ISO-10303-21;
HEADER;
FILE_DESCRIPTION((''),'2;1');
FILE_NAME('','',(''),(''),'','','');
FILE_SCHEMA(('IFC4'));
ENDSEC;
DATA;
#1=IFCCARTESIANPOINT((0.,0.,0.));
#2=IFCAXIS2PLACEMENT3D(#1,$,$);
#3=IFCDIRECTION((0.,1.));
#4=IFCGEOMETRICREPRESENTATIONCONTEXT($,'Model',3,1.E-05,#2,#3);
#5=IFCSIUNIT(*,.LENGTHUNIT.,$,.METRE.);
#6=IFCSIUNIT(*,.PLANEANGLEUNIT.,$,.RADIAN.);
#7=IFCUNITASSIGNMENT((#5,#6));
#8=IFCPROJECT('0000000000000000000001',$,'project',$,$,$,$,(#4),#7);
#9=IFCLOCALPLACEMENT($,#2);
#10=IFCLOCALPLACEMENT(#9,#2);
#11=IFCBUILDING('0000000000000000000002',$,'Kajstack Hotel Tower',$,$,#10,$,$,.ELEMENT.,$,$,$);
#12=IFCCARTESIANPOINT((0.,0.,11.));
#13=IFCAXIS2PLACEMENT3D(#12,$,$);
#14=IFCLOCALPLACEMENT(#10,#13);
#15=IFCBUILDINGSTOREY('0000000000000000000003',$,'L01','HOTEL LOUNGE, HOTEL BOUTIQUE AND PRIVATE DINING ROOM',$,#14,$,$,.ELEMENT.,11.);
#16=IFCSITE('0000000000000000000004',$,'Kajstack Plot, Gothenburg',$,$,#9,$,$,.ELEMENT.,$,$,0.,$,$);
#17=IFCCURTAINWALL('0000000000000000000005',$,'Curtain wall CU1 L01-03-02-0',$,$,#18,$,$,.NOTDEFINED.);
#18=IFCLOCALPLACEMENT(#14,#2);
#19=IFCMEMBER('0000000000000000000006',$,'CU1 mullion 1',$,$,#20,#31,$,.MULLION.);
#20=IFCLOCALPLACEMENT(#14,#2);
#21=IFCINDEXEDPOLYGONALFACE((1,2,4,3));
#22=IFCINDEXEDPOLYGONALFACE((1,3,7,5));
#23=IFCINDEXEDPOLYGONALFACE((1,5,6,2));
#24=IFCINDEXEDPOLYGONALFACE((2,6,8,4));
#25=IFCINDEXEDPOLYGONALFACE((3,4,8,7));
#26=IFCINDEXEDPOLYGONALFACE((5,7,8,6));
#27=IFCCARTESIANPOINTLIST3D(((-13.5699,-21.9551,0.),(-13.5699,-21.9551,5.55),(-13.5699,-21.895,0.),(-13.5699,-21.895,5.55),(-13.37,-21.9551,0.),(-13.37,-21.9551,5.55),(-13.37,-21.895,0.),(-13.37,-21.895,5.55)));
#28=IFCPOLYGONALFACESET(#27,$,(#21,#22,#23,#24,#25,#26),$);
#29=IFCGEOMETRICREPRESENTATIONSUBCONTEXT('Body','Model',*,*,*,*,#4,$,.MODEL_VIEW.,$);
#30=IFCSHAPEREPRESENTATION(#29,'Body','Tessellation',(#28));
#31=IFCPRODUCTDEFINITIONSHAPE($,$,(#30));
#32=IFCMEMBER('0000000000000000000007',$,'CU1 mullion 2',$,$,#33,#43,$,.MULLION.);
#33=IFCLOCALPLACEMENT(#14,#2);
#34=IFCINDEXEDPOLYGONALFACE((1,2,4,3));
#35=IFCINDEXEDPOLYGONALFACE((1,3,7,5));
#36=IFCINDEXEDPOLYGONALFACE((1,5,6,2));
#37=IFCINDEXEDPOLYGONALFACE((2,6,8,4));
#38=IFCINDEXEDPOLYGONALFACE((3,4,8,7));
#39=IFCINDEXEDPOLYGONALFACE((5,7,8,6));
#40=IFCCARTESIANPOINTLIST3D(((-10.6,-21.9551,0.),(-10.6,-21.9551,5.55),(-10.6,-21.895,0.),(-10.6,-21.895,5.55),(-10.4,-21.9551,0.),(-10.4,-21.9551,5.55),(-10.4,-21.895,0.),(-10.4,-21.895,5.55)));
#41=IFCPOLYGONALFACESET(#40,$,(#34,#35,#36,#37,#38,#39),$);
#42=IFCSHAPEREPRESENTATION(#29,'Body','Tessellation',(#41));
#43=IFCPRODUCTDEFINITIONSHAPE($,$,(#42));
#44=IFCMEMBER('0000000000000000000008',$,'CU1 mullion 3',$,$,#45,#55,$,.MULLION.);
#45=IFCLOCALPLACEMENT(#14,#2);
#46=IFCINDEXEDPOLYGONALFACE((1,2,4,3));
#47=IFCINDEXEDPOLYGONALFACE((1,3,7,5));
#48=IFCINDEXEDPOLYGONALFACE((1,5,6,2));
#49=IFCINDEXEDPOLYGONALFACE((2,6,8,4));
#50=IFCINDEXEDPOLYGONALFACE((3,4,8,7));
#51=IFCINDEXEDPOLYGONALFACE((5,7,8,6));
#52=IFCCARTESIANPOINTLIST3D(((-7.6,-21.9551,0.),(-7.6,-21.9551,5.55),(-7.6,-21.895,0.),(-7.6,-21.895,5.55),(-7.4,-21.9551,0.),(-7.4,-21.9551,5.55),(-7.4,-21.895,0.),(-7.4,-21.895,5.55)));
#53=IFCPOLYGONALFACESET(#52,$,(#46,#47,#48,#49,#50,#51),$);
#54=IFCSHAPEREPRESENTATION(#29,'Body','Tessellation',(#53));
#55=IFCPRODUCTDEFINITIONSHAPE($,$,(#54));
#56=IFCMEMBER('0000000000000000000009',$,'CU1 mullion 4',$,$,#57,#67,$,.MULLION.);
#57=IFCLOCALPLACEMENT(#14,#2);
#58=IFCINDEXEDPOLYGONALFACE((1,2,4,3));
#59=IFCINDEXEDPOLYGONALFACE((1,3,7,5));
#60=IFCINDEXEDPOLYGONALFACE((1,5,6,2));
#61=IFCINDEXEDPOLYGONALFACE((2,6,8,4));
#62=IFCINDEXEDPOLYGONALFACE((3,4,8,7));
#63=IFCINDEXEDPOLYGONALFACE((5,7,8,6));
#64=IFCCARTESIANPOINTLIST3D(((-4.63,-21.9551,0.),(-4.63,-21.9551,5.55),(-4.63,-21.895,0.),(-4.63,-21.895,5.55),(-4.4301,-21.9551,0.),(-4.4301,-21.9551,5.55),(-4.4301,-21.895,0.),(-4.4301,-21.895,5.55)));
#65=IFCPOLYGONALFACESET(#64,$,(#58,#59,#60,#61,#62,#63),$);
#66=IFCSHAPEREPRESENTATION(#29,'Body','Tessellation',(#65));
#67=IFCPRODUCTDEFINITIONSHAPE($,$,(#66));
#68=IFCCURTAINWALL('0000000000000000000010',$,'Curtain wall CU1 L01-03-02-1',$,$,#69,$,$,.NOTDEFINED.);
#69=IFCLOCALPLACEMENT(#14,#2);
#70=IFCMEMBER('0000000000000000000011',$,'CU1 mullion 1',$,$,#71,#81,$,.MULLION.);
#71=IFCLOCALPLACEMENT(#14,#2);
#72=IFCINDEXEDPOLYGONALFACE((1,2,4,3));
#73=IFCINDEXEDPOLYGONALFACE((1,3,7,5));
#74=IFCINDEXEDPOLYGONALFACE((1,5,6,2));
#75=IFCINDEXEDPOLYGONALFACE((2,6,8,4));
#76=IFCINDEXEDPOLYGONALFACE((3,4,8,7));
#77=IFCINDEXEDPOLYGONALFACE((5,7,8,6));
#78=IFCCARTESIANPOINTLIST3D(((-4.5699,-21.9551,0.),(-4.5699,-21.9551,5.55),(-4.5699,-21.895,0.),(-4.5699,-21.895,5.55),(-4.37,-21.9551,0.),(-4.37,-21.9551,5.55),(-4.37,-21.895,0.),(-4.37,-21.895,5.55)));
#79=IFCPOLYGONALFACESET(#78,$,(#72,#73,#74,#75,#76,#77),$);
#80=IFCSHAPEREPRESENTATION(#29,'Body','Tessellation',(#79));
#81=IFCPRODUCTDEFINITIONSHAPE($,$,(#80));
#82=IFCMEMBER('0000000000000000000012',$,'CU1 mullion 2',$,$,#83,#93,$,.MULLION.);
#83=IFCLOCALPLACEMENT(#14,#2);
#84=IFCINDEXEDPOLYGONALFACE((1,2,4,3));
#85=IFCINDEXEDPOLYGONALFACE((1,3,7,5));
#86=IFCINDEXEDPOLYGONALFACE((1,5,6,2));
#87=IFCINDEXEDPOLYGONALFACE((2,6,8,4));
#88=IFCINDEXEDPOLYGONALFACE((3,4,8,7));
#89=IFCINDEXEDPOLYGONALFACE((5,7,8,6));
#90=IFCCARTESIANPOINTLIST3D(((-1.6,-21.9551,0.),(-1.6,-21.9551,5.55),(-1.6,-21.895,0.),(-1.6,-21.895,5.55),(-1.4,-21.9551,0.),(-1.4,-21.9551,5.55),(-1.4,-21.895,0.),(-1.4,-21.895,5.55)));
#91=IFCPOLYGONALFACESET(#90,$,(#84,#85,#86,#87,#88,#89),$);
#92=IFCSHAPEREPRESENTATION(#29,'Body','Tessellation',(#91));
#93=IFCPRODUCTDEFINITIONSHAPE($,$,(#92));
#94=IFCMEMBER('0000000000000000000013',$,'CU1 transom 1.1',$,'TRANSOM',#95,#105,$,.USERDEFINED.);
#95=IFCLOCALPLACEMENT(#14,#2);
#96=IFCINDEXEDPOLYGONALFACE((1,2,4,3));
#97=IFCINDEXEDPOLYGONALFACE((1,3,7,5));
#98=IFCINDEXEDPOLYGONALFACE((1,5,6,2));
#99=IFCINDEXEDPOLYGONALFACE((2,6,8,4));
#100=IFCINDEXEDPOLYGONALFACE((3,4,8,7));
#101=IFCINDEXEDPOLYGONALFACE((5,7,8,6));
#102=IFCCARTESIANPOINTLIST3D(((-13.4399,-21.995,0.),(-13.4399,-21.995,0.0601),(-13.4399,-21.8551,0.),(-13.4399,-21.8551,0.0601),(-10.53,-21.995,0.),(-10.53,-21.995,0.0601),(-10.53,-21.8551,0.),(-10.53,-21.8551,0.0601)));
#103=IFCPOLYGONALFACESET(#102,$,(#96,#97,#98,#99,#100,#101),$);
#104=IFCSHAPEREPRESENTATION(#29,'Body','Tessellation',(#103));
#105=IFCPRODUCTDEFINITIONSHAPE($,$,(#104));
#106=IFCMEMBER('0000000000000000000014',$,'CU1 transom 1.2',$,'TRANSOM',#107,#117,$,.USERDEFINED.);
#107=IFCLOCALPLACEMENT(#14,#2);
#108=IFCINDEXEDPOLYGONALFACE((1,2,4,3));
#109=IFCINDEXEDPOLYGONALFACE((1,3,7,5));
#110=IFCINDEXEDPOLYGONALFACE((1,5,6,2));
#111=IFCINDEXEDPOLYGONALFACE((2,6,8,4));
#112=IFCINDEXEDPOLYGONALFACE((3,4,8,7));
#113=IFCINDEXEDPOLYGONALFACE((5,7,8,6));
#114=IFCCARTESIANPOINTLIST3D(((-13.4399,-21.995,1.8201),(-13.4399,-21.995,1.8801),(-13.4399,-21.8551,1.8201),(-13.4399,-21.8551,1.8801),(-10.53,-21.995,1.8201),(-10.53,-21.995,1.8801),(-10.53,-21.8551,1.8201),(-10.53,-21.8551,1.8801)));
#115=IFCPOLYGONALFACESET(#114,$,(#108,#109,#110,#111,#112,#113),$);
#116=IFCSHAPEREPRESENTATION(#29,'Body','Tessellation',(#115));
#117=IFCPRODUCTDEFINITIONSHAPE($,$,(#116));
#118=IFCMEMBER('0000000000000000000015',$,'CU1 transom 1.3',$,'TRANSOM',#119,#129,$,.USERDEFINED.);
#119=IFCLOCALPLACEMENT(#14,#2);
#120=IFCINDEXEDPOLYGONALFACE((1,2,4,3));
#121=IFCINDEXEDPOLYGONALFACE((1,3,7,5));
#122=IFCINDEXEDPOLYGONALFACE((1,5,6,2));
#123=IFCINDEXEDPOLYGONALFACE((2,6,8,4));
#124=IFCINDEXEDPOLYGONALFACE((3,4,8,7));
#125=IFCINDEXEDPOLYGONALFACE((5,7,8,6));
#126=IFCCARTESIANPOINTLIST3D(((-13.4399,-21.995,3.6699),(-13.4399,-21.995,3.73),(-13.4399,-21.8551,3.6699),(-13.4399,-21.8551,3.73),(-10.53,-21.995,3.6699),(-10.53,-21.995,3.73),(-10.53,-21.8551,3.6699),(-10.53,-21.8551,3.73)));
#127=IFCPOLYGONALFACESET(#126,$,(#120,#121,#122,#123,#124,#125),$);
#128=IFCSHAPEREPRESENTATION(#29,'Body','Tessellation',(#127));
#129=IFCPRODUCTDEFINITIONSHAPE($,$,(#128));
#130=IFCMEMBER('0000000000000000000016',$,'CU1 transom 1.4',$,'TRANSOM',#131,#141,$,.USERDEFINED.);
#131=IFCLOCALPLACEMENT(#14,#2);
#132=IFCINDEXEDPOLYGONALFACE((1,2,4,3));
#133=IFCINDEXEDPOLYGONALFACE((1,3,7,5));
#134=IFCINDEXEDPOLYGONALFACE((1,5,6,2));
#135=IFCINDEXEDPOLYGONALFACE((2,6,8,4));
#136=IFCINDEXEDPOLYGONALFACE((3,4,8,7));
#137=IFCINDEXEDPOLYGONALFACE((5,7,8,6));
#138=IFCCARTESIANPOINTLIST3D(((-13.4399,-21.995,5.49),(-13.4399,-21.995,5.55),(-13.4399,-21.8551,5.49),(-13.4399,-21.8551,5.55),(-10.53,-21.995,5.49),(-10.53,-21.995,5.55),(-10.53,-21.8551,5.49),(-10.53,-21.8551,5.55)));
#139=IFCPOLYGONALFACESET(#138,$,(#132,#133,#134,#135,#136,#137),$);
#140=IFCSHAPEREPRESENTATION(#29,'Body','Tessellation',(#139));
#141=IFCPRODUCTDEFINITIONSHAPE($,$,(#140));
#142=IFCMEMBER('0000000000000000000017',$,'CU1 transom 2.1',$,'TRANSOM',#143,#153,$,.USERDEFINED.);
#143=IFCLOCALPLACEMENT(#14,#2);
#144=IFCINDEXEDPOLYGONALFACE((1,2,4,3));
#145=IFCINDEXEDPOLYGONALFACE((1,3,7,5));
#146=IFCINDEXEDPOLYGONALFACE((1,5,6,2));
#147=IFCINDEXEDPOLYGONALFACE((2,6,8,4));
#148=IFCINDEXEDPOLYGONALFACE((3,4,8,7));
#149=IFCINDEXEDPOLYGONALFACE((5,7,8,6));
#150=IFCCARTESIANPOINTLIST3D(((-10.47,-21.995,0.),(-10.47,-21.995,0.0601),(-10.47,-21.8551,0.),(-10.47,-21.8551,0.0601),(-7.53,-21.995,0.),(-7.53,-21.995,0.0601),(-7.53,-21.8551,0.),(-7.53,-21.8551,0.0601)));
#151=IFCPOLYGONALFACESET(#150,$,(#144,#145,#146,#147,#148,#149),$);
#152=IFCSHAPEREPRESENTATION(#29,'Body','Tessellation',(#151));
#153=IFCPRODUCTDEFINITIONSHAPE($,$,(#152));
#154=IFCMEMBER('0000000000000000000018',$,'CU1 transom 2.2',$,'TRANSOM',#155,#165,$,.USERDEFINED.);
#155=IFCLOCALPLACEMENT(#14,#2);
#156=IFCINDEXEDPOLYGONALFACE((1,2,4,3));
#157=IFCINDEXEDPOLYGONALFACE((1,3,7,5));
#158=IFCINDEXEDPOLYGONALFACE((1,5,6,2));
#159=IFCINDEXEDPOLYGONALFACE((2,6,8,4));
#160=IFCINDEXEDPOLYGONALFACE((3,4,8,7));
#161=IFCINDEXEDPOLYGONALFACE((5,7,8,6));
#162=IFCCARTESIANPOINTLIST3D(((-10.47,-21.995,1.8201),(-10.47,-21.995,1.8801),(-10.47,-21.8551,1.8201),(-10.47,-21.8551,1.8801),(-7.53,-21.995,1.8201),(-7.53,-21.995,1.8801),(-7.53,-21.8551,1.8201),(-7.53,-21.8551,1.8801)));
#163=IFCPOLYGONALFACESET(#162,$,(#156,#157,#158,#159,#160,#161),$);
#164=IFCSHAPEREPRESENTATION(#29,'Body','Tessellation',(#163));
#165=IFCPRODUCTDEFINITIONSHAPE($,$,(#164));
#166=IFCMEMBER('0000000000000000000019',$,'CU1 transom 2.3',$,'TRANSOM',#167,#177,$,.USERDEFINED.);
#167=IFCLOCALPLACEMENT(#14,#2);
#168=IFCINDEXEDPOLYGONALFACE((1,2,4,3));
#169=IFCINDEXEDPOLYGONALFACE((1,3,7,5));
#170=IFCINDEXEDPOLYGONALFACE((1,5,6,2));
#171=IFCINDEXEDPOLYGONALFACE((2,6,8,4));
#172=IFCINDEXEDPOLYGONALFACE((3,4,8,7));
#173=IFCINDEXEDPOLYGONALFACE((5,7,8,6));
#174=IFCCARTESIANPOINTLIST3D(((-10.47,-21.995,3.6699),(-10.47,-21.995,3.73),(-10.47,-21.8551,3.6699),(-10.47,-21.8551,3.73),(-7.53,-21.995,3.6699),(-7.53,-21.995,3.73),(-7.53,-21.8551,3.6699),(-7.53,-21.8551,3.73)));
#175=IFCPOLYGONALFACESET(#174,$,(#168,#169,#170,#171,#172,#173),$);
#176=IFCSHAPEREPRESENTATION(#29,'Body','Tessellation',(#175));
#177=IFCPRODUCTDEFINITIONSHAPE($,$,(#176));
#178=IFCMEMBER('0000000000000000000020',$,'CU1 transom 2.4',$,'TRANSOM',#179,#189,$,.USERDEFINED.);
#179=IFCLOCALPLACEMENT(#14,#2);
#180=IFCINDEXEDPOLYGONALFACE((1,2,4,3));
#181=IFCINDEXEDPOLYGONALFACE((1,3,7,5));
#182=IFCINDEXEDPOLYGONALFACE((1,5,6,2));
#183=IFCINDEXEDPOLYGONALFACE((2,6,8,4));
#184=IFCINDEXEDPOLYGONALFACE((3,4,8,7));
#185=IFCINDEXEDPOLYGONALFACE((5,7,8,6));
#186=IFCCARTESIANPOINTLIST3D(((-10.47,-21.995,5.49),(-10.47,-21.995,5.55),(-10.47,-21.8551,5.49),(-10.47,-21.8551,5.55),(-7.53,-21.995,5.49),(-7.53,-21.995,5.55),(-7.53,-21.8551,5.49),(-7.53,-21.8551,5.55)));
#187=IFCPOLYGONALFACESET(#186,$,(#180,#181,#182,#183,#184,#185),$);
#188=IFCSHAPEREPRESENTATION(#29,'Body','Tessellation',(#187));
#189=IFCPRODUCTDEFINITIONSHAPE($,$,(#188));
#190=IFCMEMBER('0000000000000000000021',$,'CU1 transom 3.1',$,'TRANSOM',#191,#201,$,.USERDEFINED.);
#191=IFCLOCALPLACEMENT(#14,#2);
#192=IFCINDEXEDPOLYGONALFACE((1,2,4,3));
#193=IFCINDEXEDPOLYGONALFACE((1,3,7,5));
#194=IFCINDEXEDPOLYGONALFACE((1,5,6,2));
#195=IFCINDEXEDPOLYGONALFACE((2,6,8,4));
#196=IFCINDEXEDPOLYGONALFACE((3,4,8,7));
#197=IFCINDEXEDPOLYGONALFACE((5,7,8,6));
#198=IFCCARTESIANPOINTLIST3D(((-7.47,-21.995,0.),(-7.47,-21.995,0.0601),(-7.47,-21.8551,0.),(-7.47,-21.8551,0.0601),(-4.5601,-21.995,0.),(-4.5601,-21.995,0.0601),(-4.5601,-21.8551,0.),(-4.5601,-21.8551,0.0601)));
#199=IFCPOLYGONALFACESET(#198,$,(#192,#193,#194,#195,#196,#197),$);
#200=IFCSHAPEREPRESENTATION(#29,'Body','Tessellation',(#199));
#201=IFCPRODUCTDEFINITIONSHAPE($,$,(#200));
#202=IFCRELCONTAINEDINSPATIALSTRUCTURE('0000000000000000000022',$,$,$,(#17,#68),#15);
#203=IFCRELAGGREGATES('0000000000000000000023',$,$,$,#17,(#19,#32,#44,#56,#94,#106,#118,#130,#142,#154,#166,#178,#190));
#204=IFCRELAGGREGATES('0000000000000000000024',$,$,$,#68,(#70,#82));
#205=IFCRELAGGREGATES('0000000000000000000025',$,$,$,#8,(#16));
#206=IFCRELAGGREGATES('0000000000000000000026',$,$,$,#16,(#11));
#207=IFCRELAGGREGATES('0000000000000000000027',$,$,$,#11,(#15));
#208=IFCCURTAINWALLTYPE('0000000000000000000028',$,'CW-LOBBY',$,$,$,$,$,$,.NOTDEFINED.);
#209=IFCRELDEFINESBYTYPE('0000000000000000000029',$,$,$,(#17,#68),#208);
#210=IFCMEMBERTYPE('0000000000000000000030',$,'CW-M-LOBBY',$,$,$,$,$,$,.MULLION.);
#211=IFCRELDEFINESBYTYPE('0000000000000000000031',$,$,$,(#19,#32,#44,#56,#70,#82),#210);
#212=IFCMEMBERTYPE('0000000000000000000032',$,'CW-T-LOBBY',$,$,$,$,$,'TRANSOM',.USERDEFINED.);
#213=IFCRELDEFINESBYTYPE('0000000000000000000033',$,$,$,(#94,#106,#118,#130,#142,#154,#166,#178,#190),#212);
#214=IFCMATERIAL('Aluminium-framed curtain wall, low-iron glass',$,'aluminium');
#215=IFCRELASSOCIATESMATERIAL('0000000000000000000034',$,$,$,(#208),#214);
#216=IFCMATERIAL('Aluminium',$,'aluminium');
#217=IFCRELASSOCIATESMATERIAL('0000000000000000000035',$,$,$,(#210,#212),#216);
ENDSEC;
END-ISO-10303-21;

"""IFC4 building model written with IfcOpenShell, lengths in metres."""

from ifc_helpers import new_model, si_unit, direction, frame, origin, origin_2d, place, context, subcontext, project, spatial, rectangle, extrude, material, material_profile, profile_set, type_object, element, aggregate, save


model = new_model("IFC4")

# Units and contexts
model_context = context("Model", 3, precision=1e-05, world=origin(), true_north=direction((0.0, 1.0)))
body_context = subcontext(model_context, "Body", "Model", "MODEL_VIEW")
ifc_project = project(units=[si_unit("LENGTHUNIT", "METRE"), si_unit("PLANEANGLEUNIT", "RADIAN")], contexts=[model_context])

# Site, building, storey
site_placement = place(None, origin())
site = spatial("IfcSite", under=ifc_project, at=site_placement, Name="Kajstack Plot, Gothenburg", CompositionType="ELEMENT", RefElevation=0.0)
building_placement = place(site_placement, origin())
building = spatial("IfcBuilding", under=site, at=building_placement, Name="Kajstack Hotel Tower", CompositionType="ELEMENT")
storey_placement = place(building_placement, frame((0.0, 0.0, 11.0)))
storey = spatial("IfcBuildingStorey", under=building, at=storey_placement, Name="L01", Description="HOTEL LOUNGE, HOTEL BOUTIQUE AND PRIVATE DINING ROOM", CompositionType="ELEMENT", Elevation=11.0)

# Curtain walls, members
ifc_material_1 = material(Name="Aluminium-framed curtain wall, low-iron glass", Category="aluminium")
curtain_wall_type = type_object("IfcCurtainWallType", Name="CW-LOBBY", PredefinedType="NOTDEFINED", material=ifc_material_1)
curtain_wall_1_placement = place(storey_placement, origin())
curtain_wall_1 = element("IfcCurtainWall", 1, at=curtain_wall_1_placement, inside=storey, type_object=curtain_wall_type, Name="Curtain wall CU1 L01-03-02-0", PredefinedType="NOTDEFINED")
ifc_material_2 = material(Name="Aluminium", Category="aluminium")
ifc_material_profile_1 = material_profile(ifc_material_2, rectangle(XDim=0.0601, YDim=0.2, at=origin_2d()), Name="Aluminium mullion 60 x 200")
ifc_profile_set_1 = profile_set([ifc_material_profile_1], Name="Aluminium")
member_type_1 = type_object("IfcMemberType", Name="CW-M-LOBBY", PredefinedType="MULLION", material=ifc_profile_set_1)
member_1_placement = place(storey_placement, frame((-13.47, -21.925, 0.0), z_axis=(0.0, 0.0, 1.0), x_axis=(0.0, 1.0, 0.0)))
member_1 = element("IfcMember", 2, at=member_1_placement, type_object=member_type_1, Name="CU1 mullion 1", PredefinedType="MULLION", context=body_context, shape_type="SweptSolid", body=[
    extrude(rectangle(XDim=0.0601, YDim=0.2, at=origin_2d()), origin(), (0.0, 0.0, 1.0), 5.55),
])
member_2_placement = place(storey_placement, frame((-10.5, -21.925, 0.0), z_axis=(0.0, 0.0, 1.0), x_axis=(0.0, 1.0, 0.0)))
member_2 = element("IfcMember", 3, at=member_2_placement, type_object=member_type_1, Name="CU1 mullion 2", PredefinedType="MULLION", context=body_context, shape_type="SweptSolid", body=[
    extrude(rectangle(XDim=0.0601, YDim=0.2, at=origin_2d()), origin(), (0.0, 0.0, 1.0), 5.55),
])
member_3_placement = place(storey_placement, frame((-7.5, -21.925, 0.0), z_axis=(0.0, 0.0, 1.0), x_axis=(0.0, 1.0, 0.0)))
member_3 = element("IfcMember", 4, at=member_3_placement, type_object=member_type_1, Name="CU1 mullion 3", PredefinedType="MULLION", context=body_context, shape_type="SweptSolid", body=[
    extrude(rectangle(XDim=0.0601, YDim=0.2, at=origin_2d()), origin(), (0.0, 0.0, 1.0), 5.55),
])
member_4_placement = place(storey_placement, frame((-4.53, -21.925, 0.0), z_axis=(0.0, 0.0, 1.0), x_axis=(0.0, 1.0, 0.0)))
member_4 = element("IfcMember", 5, at=member_4_placement, type_object=member_type_1, Name="CU1 mullion 4", PredefinedType="MULLION", context=body_context, shape_type="SweptSolid", body=[
    extrude(rectangle(XDim=0.0601, YDim=0.2, at=origin_2d()), origin(), (0.0, 0.0, 1.0), 5.55),
])
curtain_wall_2_placement = place(storey_placement, origin())
curtain_wall_2 = element("IfcCurtainWall", 6, at=curtain_wall_2_placement, inside=storey, type_object=curtain_wall_type, Name="Curtain wall CU1 L01-03-02-1", PredefinedType="NOTDEFINED")
member_5_placement = place(storey_placement, frame((-4.47, -21.925, 0.0), z_axis=(0.0, 0.0, 1.0), x_axis=(0.0, 1.0, 0.0)))
member_5 = element("IfcMember", 7, at=member_5_placement, type_object=member_type_1, Name="CU1 mullion 1", PredefinedType="MULLION", context=body_context, shape_type="SweptSolid", body=[
    extrude(rectangle(XDim=0.0601, YDim=0.2, at=origin_2d()), origin(), (0.0, 0.0, 1.0), 5.55),
])
member_6_placement = place(storey_placement, frame((-1.5, -21.925, 0.0), z_axis=(0.0, 0.0, 1.0), x_axis=(0.0, 1.0, 0.0)))
member_6 = element("IfcMember", 8, at=member_6_placement, type_object=member_type_1, Name="CU1 mullion 2", PredefinedType="MULLION", context=body_context, shape_type="SweptSolid", body=[
    extrude(rectangle(XDim=0.0601, YDim=0.2, at=origin_2d()), origin(), (0.0, 0.0, 1.0), 5.55),
])

# Members
ifc_material_profile_2 = material_profile(ifc_material_2, rectangle(XDim=0.1399, YDim=0.0601, at=origin_2d()), Name="Aluminium transom 140 x 60")
ifc_profile_set_2 = profile_set([ifc_material_profile_2], Name="Aluminium")
member_type_2 = type_object("IfcMemberType", Name="CW-T-LOBBY", ElementType="TRANSOM", PredefinedType="USERDEFINED", material=ifc_profile_set_2)
member_7_placement = place(storey_placement, frame((-13.4399, -21.925, 0.03), z_axis=(1.0, 0.0, 0.0), x_axis=(0.0, 1.0, 0.0)))
member_7 = element("IfcMember", 9, at=member_7_placement, type_object=member_type_2, Name="CU1 transom 1.1", ObjectType="TRANSOM", PredefinedType="USERDEFINED", context=body_context, shape_type="SweptSolid", body=[
    extrude(rectangle(XDim=0.1399, YDim=0.0601, at=origin_2d()), origin(), (0.0, 0.0, 1.0), 2.9099),
])
member_8_placement = place(storey_placement, frame((-13.4399, -21.925, 1.8501), z_axis=(1.0, 0.0, 0.0), x_axis=(0.0, 1.0, 0.0)))
member_8 = element("IfcMember", 10, at=member_8_placement, type_object=member_type_2, Name="CU1 transom 1.2", ObjectType="TRANSOM", PredefinedType="USERDEFINED", context=body_context, shape_type="SweptSolid", body=[
    extrude(rectangle(XDim=0.1399, YDim=0.0601, at=origin_2d()), origin(), (0.0, 0.0, 1.0), 2.9099),
])
member_9_placement = place(storey_placement, frame((-13.4399, -21.925, 3.7), z_axis=(1.0, 0.0, 0.0), x_axis=(0.0, 1.0, 0.0)))
member_9 = element("IfcMember", 11, at=member_9_placement, type_object=member_type_2, Name="CU1 transom 1.3", ObjectType="TRANSOM", PredefinedType="USERDEFINED", context=body_context, shape_type="SweptSolid", body=[
    extrude(rectangle(XDim=0.1399, YDim=0.0601, at=origin_2d()), origin(), (0.0, 0.0, 1.0), 2.9099),
])
member_10_placement = place(storey_placement, frame((-13.4399, -21.925, 5.52), z_axis=(1.0, 0.0, 0.0), x_axis=(0.0, 1.0, 0.0)))
member_10 = element("IfcMember", 12, at=member_10_placement, type_object=member_type_2, Name="CU1 transom 1.4", ObjectType="TRANSOM", PredefinedType="USERDEFINED", context=body_context, shape_type="SweptSolid", body=[
    extrude(rectangle(XDim=0.1399, YDim=0.0601, at=origin_2d()), origin(), (0.0, 0.0, 1.0), 2.9099),
])
member_11_placement = place(storey_placement, frame((-10.47, -21.925, 0.03), z_axis=(1.0, 0.0, 0.0), x_axis=(0.0, 1.0, 0.0)))
member_11 = element("IfcMember", 13, at=member_11_placement, type_object=member_type_2, Name="CU1 transom 2.1", ObjectType="TRANSOM", PredefinedType="USERDEFINED", context=body_context, shape_type="SweptSolid", body=[
    extrude(rectangle(XDim=0.1399, YDim=0.0601, at=origin_2d()), origin(), (0.0, 0.0, 1.0), 2.9399),
])
member_12_placement = place(storey_placement, frame((-10.47, -21.925, 1.8501), z_axis=(1.0, 0.0, 0.0), x_axis=(0.0, 1.0, 0.0)))
member_12 = element("IfcMember", 14, at=member_12_placement, type_object=member_type_2, Name="CU1 transom 2.2", ObjectType="TRANSOM", PredefinedType="USERDEFINED", context=body_context, shape_type="SweptSolid", body=[
    extrude(rectangle(XDim=0.1399, YDim=0.0601, at=origin_2d()), origin(), (0.0, 0.0, 1.0), 2.9399),
])
member_13_placement = place(storey_placement, frame((-10.47, -21.925, 3.7), z_axis=(1.0, 0.0, 0.0), x_axis=(0.0, 1.0, 0.0)))
member_13 = element("IfcMember", 15, at=member_13_placement, type_object=member_type_2, Name="CU1 transom 2.3", ObjectType="TRANSOM", PredefinedType="USERDEFINED", context=body_context, shape_type="SweptSolid", body=[
    extrude(rectangle(XDim=0.1399, YDim=0.0601, at=origin_2d()), origin(), (0.0, 0.0, 1.0), 2.9399),
])
member_14_placement = place(storey_placement, frame((-10.47, -21.925, 5.52), z_axis=(1.0, 0.0, 0.0), x_axis=(0.0, 1.0, 0.0)))
member_14 = element("IfcMember", 16, at=member_14_placement, type_object=member_type_2, Name="CU1 transom 2.4", ObjectType="TRANSOM", PredefinedType="USERDEFINED", context=body_context, shape_type="SweptSolid", body=[
    extrude(rectangle(XDim=0.1399, YDim=0.0601, at=origin_2d()), origin(), (0.0, 0.0, 1.0), 2.9399),
])
member_15_placement = place(storey_placement, frame((-7.47, -21.925, 0.03), z_axis=(1.0, 0.0, 0.0), x_axis=(0.0, 1.0, 0.0)))
member_15 = element("IfcMember", 17, at=member_15_placement, type_object=member_type_2, Name="CU1 transom 3.1", ObjectType="TRANSOM", PredefinedType="USERDEFINED", context=body_context, shape_type="SweptSolid", body=[
    extrude(rectangle(XDim=0.1399, YDim=0.0601, at=origin_2d()), origin(), (0.0, 0.0, 1.0), 2.9099),
])

aggregate(curtain_wall_1, [member_1, member_2, member_3, member_4, member_7, member_8, member_9, member_10, member_11, member_12, member_13, member_14, member_15])
aggregate(curtain_wall_2, [member_5, member_6])

save(model, "model.ifc")
